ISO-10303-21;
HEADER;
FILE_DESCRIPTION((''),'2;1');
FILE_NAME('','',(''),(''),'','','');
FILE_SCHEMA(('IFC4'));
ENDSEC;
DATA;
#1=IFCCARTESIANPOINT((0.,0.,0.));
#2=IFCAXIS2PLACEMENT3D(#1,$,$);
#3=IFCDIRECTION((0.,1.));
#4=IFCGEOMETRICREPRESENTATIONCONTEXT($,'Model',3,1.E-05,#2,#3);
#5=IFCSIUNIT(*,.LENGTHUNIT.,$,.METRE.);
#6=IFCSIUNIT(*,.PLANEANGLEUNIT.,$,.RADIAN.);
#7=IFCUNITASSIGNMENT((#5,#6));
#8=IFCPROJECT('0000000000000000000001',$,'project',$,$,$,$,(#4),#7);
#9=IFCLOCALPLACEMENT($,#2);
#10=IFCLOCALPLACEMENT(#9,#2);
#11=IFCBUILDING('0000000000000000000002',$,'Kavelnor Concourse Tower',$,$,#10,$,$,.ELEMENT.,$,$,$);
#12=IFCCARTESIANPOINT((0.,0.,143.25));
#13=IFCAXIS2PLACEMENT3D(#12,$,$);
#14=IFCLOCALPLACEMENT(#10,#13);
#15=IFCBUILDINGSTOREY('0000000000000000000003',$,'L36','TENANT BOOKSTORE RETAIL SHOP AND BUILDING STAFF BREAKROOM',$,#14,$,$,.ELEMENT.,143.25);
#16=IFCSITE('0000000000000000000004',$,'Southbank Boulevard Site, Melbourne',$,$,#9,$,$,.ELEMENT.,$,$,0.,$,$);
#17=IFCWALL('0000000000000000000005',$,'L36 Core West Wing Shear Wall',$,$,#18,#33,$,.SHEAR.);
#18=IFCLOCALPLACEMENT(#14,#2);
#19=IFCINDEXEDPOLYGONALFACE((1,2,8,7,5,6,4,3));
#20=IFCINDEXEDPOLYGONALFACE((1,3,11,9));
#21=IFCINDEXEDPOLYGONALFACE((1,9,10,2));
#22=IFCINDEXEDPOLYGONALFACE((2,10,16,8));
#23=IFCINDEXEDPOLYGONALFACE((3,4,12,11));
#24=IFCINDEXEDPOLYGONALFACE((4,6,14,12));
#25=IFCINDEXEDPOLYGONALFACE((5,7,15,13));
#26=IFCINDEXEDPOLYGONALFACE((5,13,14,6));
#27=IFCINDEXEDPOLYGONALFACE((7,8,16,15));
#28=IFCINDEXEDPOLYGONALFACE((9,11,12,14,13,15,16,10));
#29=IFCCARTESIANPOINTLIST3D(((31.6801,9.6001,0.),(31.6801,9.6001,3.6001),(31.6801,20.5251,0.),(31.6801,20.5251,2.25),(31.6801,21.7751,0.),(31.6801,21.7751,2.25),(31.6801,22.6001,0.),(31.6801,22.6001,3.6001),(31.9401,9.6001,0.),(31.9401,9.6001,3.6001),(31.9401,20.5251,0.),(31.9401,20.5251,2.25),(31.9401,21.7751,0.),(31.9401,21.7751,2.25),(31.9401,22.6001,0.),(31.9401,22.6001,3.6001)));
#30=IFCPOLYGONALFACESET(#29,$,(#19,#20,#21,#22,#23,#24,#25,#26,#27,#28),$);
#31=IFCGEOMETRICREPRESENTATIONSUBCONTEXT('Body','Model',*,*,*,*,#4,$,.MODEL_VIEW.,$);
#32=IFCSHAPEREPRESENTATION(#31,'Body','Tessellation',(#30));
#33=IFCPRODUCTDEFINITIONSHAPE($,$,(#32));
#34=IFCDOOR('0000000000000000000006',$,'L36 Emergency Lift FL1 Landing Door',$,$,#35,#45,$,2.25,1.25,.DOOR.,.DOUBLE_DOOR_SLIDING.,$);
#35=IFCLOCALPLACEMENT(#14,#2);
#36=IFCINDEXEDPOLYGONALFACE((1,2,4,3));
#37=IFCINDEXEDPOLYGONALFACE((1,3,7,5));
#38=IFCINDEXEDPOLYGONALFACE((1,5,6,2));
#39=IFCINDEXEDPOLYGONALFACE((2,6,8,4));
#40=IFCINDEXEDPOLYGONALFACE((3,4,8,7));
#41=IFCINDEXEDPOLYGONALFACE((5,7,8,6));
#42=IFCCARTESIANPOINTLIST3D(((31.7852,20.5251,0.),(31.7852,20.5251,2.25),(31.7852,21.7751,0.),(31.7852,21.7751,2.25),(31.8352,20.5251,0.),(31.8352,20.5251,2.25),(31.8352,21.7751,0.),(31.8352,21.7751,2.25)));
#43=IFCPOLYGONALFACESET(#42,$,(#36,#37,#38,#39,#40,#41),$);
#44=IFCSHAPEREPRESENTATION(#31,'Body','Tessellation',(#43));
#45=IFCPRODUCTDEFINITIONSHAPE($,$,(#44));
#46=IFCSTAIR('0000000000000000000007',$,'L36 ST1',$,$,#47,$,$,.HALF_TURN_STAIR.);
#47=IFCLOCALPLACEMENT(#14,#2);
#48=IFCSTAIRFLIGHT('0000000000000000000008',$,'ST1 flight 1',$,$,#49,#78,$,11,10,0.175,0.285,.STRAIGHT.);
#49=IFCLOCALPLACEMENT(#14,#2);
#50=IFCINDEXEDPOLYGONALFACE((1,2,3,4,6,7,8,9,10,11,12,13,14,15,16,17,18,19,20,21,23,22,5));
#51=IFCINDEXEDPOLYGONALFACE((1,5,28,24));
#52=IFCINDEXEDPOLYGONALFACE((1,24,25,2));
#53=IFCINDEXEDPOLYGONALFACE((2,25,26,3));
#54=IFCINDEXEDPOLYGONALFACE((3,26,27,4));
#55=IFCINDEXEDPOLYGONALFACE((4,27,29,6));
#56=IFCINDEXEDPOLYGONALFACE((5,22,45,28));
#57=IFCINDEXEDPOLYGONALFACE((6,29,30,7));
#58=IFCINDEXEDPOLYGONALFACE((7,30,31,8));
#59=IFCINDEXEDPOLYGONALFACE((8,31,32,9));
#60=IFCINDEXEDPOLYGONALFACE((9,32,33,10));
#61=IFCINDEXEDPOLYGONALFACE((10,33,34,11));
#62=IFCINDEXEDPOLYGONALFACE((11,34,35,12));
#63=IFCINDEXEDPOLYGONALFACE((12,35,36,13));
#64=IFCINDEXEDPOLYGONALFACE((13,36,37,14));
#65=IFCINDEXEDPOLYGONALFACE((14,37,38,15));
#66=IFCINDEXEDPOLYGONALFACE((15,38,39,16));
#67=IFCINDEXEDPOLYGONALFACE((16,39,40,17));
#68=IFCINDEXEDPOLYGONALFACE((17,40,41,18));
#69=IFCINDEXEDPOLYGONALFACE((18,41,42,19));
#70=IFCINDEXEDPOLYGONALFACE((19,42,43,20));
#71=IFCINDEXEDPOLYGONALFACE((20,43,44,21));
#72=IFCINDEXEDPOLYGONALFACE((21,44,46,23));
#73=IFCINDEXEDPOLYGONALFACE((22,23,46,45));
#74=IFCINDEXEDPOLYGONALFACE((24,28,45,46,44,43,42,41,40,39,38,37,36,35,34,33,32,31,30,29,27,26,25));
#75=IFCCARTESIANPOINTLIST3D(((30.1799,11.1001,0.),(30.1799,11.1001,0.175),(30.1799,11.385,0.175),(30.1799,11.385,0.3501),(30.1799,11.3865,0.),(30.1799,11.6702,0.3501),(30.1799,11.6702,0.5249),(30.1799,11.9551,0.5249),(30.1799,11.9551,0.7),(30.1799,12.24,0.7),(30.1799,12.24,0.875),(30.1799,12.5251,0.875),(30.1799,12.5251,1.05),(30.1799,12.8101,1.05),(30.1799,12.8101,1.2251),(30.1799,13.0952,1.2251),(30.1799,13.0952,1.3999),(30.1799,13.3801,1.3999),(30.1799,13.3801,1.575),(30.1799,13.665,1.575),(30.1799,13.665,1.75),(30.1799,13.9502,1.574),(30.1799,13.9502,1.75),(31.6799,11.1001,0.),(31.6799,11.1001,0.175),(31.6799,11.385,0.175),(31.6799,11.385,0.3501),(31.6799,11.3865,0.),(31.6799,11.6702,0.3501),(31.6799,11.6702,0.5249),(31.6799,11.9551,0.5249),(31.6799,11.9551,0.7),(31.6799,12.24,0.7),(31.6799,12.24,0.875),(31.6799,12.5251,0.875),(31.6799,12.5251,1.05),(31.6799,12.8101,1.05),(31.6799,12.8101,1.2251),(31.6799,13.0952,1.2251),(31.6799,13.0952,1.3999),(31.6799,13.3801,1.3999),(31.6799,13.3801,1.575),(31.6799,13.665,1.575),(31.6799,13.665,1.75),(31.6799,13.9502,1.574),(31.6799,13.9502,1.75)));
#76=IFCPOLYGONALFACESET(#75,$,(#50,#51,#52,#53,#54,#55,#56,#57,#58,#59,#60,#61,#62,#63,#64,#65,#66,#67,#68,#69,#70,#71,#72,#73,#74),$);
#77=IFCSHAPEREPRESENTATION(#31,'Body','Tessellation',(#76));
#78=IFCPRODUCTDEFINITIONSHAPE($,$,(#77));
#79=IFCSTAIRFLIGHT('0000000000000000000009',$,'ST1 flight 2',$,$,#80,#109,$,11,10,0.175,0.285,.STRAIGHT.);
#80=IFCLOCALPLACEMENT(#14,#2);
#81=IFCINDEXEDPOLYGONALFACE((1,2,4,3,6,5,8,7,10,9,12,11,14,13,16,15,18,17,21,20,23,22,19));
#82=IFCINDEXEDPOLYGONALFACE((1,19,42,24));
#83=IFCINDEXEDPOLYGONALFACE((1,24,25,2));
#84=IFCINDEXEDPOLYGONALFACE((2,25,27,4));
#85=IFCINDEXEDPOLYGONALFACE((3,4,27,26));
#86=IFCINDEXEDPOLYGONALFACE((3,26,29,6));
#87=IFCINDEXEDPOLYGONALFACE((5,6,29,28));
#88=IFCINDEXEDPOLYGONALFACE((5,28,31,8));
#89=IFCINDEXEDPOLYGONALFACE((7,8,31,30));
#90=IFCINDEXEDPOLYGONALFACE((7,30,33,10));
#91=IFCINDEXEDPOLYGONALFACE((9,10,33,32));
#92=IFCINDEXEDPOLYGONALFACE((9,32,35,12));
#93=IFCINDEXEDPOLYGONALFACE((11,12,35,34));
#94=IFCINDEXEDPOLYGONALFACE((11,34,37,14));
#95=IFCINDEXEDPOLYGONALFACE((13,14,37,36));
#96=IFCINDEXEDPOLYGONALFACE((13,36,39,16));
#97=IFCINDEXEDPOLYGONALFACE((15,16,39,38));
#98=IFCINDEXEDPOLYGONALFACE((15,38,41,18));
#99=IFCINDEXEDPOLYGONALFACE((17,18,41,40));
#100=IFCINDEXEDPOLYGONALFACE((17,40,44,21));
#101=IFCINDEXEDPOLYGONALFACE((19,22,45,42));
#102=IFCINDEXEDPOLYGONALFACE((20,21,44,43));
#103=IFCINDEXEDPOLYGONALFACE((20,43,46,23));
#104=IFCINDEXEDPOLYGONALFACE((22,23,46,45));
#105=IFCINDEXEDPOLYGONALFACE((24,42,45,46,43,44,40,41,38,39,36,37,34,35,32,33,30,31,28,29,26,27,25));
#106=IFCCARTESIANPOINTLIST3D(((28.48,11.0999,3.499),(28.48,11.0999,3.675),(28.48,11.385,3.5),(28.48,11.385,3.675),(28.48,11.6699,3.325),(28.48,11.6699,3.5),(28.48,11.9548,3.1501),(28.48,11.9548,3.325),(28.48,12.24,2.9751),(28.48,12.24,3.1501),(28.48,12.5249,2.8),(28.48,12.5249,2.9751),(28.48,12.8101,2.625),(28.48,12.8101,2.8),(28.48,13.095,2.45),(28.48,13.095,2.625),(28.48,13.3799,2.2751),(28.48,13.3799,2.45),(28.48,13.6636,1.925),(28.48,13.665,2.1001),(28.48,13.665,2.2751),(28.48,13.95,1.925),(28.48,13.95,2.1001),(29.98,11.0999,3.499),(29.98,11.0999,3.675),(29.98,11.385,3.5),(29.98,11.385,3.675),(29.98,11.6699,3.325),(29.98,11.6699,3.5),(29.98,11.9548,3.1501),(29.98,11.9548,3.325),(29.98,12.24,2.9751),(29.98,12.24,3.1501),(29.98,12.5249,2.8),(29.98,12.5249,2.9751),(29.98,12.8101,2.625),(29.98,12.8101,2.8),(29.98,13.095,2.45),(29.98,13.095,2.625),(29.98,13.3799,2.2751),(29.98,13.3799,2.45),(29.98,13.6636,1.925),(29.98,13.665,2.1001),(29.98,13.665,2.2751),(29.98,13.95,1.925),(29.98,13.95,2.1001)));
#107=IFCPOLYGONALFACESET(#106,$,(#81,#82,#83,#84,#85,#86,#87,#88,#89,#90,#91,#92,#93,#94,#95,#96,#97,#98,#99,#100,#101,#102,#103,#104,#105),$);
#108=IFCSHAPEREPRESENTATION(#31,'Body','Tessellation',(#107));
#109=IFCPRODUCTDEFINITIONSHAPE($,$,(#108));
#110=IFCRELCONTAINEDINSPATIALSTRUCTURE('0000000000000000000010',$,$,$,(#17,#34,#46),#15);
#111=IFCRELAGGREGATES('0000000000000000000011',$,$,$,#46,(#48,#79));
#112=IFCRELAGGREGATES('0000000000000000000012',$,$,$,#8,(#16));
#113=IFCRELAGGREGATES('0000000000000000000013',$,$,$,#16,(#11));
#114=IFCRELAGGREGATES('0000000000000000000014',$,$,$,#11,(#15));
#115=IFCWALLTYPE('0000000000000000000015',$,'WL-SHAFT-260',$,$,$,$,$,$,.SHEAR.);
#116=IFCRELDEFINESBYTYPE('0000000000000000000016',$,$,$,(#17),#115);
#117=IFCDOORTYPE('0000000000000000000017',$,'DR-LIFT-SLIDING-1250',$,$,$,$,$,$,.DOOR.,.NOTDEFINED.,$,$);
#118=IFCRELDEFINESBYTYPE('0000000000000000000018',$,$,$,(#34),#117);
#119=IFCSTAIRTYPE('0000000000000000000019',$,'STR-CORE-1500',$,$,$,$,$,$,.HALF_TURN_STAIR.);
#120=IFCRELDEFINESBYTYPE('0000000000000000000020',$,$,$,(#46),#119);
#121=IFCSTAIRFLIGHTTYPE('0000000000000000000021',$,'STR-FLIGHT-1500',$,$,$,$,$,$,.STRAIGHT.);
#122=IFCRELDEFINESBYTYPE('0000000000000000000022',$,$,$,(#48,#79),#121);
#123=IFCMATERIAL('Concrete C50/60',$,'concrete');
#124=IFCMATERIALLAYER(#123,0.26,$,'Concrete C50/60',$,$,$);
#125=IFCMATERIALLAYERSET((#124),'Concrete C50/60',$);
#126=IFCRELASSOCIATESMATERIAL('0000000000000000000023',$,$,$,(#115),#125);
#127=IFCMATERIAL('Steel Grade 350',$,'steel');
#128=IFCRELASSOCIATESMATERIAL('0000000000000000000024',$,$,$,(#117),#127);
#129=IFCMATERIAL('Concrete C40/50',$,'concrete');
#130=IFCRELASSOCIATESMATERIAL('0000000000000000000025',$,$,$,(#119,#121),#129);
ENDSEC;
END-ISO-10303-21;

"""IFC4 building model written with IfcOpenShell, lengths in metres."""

from ifc_helpers import new_model, si_unit, direction, frame, frame_2d, origin, place, context, subcontext, project, spatial, polyline, rectangle, outline, extrude, material, layer, layer_set, type_object, element, fill, aggregate, save


model = new_model("IFC4")

# Units and contexts
model_context = context("Model", 3, precision=1e-05, world=origin(), true_north=direction((0.0, 1.0)))
body_context = subcontext(model_context, "Body", "Model", "MODEL_VIEW")
ifc_project = project(units=[si_unit("LENGTHUNIT", "METRE"), si_unit("PLANEANGLEUNIT", "RADIAN")], contexts=[model_context])

# Site, building, storey
site_placement = place(None, origin())
site = spatial("IfcSite", under=ifc_project, at=site_placement, Name="Southbank Boulevard Site, Melbourne", CompositionType="ELEMENT", RefElevation=0.0)
building_placement = place(site_placement, origin())
building = spatial("IfcBuilding", under=site, at=building_placement, Name="Kavelnor Concourse Tower", CompositionType="ELEMENT")
storey_placement = place(building_placement, frame((0.0, 0.0, 143.25)))
storey = spatial("IfcBuildingStorey", under=building, at=storey_placement, Name="L36", Description="TENANT BOOKSTORE RETAIL SHOP AND BUILDING STAFF BREAKROOM", CompositionType="ELEMENT", Elevation=143.25)

# Shared definitions
ifc_material_1 = material(Name="Steel Grade 350", Category="steel")

# Shared definitions
ifc_material_2 = material(Name="Concrete C50/60", Category="concrete")

# Wall, opening, door
ifc_layer_1 = layer(ifc_material_2, 0.26, Name="Concrete C50/60")
ifc_layer_set_1 = layer_set([ifc_layer_1], Name="Concrete C50/60")
wall_type_1 = type_object("IfcWallType", Name="WL-SHAFT-260", PredefinedType="SHEAR", material=ifc_layer_set_1)
wall_1_placement = place(storey_placement, frame((31.8101, 9.6001, 0.0), z_axis=(0.0, 0.0, 1.0), x_axis=(0.0, 1.0, 0.0)))
wall_1 = element("IfcWall", 1, at=wall_1_placement, inside=storey, type_object=wall_type_1, Name="L36 Core West Wing Shear Wall", PredefinedType="SHEAR", context=body_context, shape_type="SweptSolid", body=[
    extrude(rectangle(XDim=13.0, YDim=0.26, at=frame_2d((6.5, 0.0))), origin(), (0.0, 0.0, 1.0), 3.6001),
])
opening_1_placement = place(wall_1_placement, frame((10.925, 0.0, 0.0)))
opening_1 = element("IfcOpeningElement", 2, at=opening_1_placement, cuts=wall_1, PredefinedType="OPENING", context=body_context, shape_type="SweptSolid", body=[
    extrude(rectangle(XDim=1.25, YDim=2.25, at=frame_2d((0.625, 1.125))), frame((0.0, 0.1401, 0.0), z_axis=(0.0, -1.0, 0.0), x_axis=(1.0, 0.0, 0.0)), (0.0, 0.0, 1.0), 0.28),
])
door_type_1 = type_object("IfcDoorType", Name="DR-LIFT-SLIDING-1250", OperationType="NOTDEFINED", PredefinedType="DOOR", material=ifc_material_1)
door_1_placement = place(opening_1_placement, origin())
door_1 = element("IfcDoor", 3, at=door_1_placement, inside=storey, type_object=door_type_1, Name="L36 Emergency Lift FL1 Landing Door", OperationType="DOUBLE_DOOR_SLIDING", OverallHeight=2.25, OverallWidth=1.25, PredefinedType="DOOR", context=body_context, shape_type="SweptSolid", body=[
    extrude(rectangle(XDim=1.25, YDim=2.25, at=frame_2d((0.625, 1.125))), frame((0.0, 0.0249, 0.0), z_axis=(0.0, -1.0, 0.0), x_axis=(1.0, 0.0, 0.0)), (0.0, 0.0, 1.0), 0.05),
])
fill(opening_1, door_1)

# Stair, stair flights
ifc_material_3 = material(Name="Concrete C40/50", Category="concrete")
stair_type = type_object("IfcStairType", Name="STR-CORE-1500", PredefinedType="HALF_TURN_STAIR", material=ifc_material_3)
stair_placement = place(storey_placement, origin())
stair = element("IfcStair", 4, at=stair_placement, inside=storey, type_object=stair_type, Name="L36 ST1", PredefinedType="HALF_TURN_STAIR")
stair_flight_type = type_object("IfcStairFlightType", Name="STR-FLIGHT-1500", PredefinedType="STRAIGHT", material=ifc_material_3)
stair_flight_1_placement = place(storey_placement, frame((30.9299, 11.1001, 0.0), z_axis=(0.0, 0.0, 1.0), x_axis=(0.0, 1.0, 0.0)))
stair_flight_1 = element("IfcStairFlight", 5, at=stair_flight_1_placement, type_object=stair_flight_type, Name="ST1 flight 1", NumberOfRisers=11, NumberOfTreads=10, PredefinedType="STRAIGHT", RiserHeight=0.175, TreadLength=0.285, context=body_context, shape_type="SweptSolid", body=[
    extrude(outline(polyline([(0.0, 0.0), (0.0, 0.175), (0.2849, 0.175), (0.2849, 0.3501), (0.5701, 0.3501), (0.5701, 0.5249), (0.855, 0.5249), (0.855, 0.7), (1.1399, 0.7), (1.1399, 0.875), (1.425, 0.875), (1.425, 1.05), (1.71, 1.05), (1.71, 1.2251), (1.9951, 1.2251), (1.9951, 1.3999), (2.28, 1.3999), (2.28, 1.575), (2.5649, 1.575), (2.5649, 1.75), (2.8501, 1.75), (2.8501, 1.925), (2.8501, 1.574), (0.2864, 0.0), (0.0, 0.0)])), frame((0.0, 0.75, 0.0), z_axis=(0.0, -1.0, 0.0), x_axis=(1.0, 0.0, 0.0)), (0.0, 0.0, 1.0), 1.5),
])
stair_flight_2_placement = place(storey_placement, frame((29.23, 13.95, 1.925), z_axis=(0.0, 0.0, 1.0), x_axis=(0.0, -1.0, 0.0)))
stair_flight_2 = element("IfcStairFlight", 6, at=stair_flight_2_placement, type_object=stair_flight_type, Name="ST1 flight 2", NumberOfRisers=11, NumberOfTreads=10, PredefinedType="STRAIGHT", RiserHeight=0.175, TreadLength=0.285, context=body_context, shape_type="SweptSolid", body=[
    extrude(outline(polyline([(0.0, 0.0), (0.0, 0.175), (0.2849, 0.175), (0.2849, 0.3501), (0.5701, 0.3501), (0.5701, 0.5249), (0.855, 0.5249), (0.855, 0.7), (1.1399, 0.7), (1.1399, 0.875), (1.425, 0.875), (1.425, 1.05), (1.71, 1.05), (1.71, 1.2251), (1.9951, 1.2251), (1.9951, 1.3999), (2.28, 1.3999), (2.28, 1.575), (2.5649, 1.575), (2.5649, 1.75), (2.8501, 1.75), (2.8501, 1.925), (2.8501, 1.574), (0.2864, 0.0), (0.0, 0.0)])), frame((0.0, 0.75, 0.0), z_axis=(0.0, -1.0, 0.0), x_axis=(1.0, 0.0, 0.0)), (0.0, 0.0, 1.0), 1.5),
])
aggregate(stair, [stair_flight_1, stair_flight_2])

save(model, "model.ifc")
